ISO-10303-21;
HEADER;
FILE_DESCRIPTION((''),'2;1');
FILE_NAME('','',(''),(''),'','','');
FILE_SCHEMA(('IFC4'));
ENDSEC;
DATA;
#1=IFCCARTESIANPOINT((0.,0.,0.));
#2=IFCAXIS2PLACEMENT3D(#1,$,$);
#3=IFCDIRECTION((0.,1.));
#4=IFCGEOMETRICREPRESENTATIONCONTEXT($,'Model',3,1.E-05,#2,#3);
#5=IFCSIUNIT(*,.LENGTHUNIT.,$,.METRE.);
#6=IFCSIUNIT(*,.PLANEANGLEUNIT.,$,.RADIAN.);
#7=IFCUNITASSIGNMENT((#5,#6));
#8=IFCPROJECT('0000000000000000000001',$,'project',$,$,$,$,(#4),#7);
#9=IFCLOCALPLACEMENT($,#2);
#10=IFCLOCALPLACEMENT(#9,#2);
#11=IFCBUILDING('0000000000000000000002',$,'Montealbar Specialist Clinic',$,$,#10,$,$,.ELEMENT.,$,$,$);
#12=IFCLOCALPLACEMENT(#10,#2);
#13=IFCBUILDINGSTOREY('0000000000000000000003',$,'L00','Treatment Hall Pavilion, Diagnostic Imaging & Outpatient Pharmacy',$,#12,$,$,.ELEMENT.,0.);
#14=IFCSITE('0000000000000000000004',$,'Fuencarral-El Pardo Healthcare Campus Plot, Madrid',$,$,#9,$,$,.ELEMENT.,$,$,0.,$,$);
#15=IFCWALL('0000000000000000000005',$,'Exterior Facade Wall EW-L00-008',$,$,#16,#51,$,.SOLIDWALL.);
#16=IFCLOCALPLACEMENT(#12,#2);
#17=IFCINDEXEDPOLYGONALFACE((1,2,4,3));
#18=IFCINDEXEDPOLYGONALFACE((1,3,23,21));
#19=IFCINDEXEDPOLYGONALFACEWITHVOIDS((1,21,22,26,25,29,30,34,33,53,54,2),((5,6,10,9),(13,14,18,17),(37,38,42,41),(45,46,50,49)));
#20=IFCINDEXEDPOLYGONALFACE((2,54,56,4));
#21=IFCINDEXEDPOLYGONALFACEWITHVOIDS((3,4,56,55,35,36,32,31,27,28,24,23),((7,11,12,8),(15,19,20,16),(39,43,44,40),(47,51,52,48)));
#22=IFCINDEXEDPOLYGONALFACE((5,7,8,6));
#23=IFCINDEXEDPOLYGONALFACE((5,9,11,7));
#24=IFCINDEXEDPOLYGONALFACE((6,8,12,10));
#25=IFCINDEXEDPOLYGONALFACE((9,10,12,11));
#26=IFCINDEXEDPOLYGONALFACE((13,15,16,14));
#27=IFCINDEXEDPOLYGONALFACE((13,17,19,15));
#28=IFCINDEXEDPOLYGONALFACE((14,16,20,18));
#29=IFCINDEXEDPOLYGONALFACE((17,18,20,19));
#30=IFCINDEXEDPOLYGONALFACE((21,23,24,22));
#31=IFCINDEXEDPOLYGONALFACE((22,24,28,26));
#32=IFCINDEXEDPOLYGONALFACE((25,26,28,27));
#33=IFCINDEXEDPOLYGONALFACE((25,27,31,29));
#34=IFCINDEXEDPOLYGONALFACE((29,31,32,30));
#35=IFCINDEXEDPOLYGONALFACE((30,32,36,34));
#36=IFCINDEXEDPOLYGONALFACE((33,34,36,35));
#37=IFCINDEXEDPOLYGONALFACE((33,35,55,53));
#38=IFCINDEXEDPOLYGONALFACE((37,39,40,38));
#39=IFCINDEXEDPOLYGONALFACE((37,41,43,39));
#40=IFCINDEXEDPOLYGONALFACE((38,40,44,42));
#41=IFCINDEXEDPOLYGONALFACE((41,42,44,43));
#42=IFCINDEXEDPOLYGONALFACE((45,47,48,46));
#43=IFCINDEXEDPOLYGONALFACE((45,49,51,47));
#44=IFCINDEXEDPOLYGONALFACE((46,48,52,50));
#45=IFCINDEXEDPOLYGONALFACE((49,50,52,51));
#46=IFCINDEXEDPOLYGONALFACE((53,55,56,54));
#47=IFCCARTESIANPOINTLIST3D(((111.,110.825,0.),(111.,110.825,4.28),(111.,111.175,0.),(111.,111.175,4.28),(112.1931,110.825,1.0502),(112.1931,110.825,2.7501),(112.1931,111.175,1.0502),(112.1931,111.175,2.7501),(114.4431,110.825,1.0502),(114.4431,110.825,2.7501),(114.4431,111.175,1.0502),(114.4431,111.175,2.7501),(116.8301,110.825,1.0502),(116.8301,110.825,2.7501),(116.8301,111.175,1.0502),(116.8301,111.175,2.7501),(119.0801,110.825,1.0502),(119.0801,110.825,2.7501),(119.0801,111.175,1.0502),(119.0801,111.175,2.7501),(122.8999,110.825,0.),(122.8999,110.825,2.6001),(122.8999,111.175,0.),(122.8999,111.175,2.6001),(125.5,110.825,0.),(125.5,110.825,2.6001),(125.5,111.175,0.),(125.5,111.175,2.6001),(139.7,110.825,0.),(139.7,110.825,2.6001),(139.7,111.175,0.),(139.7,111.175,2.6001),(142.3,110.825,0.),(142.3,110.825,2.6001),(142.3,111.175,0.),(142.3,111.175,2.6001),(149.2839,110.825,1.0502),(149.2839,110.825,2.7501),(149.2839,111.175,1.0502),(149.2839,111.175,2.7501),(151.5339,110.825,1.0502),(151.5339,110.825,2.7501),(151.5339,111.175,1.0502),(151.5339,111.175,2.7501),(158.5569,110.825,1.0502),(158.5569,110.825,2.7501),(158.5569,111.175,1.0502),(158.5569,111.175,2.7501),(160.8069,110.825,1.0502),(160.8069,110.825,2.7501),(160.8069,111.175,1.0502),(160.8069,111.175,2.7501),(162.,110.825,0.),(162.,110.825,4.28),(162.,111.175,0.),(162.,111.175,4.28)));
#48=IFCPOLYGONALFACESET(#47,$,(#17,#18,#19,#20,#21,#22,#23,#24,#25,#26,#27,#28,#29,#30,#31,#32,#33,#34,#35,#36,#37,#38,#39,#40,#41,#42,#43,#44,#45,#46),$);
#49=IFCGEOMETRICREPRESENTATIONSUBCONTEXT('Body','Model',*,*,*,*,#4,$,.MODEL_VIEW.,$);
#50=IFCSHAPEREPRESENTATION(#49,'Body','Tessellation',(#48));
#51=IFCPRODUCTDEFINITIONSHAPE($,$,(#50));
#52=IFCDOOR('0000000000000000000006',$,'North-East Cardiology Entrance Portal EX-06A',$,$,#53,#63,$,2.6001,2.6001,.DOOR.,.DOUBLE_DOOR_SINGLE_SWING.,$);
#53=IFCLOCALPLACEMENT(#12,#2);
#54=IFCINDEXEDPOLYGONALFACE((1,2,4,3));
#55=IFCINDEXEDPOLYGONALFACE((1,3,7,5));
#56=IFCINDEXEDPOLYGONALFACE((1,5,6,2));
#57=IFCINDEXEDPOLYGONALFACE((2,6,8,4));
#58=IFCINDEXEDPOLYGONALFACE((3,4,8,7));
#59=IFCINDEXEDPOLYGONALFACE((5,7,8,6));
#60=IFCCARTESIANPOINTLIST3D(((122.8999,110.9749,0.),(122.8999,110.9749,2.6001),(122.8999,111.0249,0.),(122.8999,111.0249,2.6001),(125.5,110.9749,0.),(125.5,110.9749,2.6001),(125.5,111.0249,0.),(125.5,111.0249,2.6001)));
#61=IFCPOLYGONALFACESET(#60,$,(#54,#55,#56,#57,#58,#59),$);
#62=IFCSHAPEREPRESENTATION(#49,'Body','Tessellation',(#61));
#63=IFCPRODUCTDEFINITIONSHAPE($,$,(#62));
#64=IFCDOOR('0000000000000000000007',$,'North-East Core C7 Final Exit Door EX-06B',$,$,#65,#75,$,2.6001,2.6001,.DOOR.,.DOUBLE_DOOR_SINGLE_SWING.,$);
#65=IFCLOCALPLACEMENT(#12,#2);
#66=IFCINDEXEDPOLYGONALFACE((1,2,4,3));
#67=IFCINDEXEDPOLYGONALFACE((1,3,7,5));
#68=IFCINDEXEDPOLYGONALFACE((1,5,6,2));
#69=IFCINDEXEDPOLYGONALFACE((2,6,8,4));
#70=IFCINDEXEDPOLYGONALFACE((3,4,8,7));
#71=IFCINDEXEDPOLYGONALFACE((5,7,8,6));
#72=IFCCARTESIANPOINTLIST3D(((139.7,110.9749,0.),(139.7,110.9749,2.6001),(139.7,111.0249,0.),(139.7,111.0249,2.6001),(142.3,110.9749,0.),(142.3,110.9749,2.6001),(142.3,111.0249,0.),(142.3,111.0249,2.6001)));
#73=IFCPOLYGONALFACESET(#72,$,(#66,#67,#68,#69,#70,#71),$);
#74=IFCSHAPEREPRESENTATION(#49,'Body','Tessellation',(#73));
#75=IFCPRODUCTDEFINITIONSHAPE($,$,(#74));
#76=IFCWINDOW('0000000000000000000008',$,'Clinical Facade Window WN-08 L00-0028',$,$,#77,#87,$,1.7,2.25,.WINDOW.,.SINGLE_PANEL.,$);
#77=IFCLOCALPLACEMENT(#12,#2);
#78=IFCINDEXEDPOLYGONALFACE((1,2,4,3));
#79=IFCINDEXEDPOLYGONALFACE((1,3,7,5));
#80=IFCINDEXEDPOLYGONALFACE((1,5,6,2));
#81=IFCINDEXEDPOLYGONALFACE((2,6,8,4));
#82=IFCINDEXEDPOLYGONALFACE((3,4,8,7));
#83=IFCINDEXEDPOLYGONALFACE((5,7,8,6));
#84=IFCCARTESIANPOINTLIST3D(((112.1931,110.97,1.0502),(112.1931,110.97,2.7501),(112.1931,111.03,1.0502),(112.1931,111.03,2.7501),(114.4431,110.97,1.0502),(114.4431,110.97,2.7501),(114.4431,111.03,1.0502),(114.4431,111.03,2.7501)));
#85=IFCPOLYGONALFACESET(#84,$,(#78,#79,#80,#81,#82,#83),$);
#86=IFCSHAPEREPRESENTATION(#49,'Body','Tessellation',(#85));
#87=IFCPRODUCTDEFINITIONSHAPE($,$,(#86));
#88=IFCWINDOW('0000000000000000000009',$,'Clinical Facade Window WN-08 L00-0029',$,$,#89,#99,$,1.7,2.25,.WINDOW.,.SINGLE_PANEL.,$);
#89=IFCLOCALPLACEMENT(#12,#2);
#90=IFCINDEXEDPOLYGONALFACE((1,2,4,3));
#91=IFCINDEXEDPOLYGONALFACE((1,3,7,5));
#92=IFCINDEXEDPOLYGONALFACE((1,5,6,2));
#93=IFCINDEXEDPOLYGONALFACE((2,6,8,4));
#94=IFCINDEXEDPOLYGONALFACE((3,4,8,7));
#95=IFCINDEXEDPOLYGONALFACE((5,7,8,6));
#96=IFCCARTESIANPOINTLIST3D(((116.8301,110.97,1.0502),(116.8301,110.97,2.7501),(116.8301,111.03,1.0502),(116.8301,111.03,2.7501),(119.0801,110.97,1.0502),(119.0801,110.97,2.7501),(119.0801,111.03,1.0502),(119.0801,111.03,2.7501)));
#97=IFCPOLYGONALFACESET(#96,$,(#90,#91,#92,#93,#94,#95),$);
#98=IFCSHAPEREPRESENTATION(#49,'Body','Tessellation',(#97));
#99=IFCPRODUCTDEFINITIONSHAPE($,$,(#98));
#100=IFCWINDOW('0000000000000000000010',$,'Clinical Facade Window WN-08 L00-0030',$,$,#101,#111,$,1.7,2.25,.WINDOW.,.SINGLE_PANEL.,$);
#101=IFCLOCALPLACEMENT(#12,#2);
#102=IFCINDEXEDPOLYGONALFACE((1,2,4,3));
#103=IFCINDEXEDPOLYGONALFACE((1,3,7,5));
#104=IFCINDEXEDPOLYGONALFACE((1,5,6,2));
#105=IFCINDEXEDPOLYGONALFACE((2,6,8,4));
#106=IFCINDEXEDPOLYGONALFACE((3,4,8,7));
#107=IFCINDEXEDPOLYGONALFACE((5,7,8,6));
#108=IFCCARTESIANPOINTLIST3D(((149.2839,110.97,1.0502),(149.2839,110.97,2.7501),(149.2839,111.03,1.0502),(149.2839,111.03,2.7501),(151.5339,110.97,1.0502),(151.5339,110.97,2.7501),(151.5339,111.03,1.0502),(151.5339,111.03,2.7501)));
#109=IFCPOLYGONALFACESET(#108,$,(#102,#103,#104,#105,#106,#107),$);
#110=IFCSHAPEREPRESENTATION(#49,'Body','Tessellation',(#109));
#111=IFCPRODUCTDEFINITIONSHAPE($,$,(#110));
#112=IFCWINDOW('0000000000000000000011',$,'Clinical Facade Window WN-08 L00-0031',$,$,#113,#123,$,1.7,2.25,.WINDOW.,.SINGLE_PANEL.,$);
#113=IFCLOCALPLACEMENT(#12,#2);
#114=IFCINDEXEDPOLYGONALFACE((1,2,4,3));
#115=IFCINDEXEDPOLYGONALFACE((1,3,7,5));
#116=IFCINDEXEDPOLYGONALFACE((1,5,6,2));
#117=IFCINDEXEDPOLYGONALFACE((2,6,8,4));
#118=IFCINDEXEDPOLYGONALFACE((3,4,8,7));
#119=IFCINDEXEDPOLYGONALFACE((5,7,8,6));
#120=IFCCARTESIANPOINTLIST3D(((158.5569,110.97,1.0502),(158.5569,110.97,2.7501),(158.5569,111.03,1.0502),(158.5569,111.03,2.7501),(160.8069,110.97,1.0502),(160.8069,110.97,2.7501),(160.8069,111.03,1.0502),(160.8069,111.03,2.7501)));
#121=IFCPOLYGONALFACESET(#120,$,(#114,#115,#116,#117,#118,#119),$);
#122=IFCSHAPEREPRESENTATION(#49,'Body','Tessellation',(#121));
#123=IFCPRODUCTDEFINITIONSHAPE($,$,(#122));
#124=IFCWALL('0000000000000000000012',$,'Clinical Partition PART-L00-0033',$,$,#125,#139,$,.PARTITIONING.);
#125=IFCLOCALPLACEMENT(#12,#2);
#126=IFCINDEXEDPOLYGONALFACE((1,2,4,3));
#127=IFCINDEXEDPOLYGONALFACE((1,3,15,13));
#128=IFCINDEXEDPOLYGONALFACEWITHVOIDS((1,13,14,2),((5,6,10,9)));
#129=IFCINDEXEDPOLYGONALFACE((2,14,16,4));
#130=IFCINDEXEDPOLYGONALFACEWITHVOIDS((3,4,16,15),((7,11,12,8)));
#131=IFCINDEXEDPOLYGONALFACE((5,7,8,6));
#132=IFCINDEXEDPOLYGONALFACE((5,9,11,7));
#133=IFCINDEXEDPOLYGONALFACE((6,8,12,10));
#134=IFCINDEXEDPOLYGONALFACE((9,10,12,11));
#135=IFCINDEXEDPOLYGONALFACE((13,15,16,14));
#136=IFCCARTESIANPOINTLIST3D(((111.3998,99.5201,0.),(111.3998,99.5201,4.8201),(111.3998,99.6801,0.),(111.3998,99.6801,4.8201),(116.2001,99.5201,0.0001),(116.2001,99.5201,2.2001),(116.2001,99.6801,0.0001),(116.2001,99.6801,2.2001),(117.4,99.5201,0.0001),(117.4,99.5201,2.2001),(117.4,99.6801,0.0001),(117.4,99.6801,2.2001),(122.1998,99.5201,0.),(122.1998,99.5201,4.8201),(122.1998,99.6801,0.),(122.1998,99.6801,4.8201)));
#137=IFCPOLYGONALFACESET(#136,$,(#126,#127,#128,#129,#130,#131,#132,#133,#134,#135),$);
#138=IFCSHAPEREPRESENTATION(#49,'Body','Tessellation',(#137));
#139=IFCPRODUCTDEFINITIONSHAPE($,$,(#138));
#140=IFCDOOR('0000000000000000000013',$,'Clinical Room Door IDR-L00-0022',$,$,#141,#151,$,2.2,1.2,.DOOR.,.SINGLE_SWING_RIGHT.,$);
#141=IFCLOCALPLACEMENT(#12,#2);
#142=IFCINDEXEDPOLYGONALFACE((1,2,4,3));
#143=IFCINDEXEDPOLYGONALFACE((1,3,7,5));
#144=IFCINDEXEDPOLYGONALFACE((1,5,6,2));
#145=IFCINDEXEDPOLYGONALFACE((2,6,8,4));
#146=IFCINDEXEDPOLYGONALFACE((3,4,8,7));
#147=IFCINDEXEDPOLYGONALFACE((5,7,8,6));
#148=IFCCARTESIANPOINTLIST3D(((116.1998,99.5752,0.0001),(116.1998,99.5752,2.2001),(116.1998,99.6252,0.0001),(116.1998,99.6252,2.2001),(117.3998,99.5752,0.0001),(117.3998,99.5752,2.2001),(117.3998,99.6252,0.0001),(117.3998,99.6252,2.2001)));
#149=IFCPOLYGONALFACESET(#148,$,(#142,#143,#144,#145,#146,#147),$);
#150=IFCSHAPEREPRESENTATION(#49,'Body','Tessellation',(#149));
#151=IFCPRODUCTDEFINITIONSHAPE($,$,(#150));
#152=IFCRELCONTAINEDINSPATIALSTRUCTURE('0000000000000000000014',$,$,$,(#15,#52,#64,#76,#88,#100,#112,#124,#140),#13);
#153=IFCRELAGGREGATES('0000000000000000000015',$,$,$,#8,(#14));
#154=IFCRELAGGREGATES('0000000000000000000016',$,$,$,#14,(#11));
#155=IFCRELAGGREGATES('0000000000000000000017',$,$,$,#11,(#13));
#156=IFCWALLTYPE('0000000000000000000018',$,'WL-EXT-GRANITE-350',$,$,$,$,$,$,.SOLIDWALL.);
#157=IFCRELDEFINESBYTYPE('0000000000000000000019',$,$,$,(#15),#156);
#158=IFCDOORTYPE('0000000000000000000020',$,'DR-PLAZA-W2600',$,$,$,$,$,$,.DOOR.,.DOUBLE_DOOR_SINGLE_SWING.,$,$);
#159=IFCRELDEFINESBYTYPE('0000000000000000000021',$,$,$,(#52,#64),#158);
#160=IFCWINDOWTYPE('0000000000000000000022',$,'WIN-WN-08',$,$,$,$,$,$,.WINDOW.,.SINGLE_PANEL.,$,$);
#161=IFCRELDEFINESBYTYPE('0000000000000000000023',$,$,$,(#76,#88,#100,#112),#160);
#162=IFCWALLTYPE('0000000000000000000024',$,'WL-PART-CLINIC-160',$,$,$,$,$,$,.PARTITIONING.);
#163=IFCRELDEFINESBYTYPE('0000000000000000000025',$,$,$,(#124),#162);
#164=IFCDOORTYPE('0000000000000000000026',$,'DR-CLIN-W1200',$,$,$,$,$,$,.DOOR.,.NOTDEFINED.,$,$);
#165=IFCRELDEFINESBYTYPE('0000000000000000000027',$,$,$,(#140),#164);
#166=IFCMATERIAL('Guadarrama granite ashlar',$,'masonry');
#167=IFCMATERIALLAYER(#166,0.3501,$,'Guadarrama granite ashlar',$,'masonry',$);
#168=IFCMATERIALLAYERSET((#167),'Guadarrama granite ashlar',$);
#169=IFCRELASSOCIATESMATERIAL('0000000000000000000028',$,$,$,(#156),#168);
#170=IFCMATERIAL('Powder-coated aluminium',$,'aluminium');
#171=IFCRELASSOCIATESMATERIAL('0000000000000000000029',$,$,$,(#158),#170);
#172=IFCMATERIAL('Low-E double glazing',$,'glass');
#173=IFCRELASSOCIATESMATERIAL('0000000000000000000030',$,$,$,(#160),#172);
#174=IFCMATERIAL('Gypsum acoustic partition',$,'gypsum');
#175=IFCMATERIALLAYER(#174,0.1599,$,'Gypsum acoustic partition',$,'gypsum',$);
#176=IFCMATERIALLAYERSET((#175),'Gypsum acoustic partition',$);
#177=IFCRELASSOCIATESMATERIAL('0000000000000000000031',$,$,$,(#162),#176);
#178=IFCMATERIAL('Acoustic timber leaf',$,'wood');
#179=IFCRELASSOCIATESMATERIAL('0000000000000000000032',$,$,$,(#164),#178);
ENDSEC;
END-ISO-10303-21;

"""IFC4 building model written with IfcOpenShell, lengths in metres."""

from ifc_helpers import new_model, si_unit, direction, frame, frame_2d, origin, place, context, subcontext, project, spatial, rectangle, extrude, material, layer, layer_set, type_object, element, fill, save


model = new_model("IFC4")

# Units and contexts
model_context = context("Model", 3, precision=1e-05, world=origin(), true_north=direction((0.0, 1.0)))
body_context = subcontext(model_context, "Body", "Model", "MODEL_VIEW")
ifc_project = project(units=[si_unit("LENGTHUNIT", "METRE"), si_unit("PLANEANGLEUNIT", "RADIAN")], contexts=[model_context])

# Site, building, storey
site_placement = place(None, origin())
site = spatial("IfcSite", under=ifc_project, at=site_placement, Name="Fuencarral-El Pardo Healthcare Campus Plot, Madrid", CompositionType="ELEMENT", RefElevation=0.0)
building_placement = place(site_placement, origin())
building = spatial("IfcBuilding", under=site, at=building_placement, Name="Montealbar Specialist Clinic", CompositionType="ELEMENT")
storey_placement = place(building_placement, origin())
storey = spatial("IfcBuildingStorey", under=building, at=storey_placement, Name="L00", Description="Treatment Hall Pavilion, Diagnostic Imaging & Outpatient Pharmacy", CompositionType="ELEMENT", Elevation=0.0)

# Shared definitions
ifc_material_1 = material(Name="Guadarrama granite ashlar", Category="masonry")

# Wall, openings, doors, windows
ifc_layer_1 = layer(ifc_material_1, 0.3501, Name="Guadarrama granite ashlar", Category="masonry")
ifc_layer_set_1 = layer_set([ifc_layer_1], Name="Guadarrama granite ashlar")
wall_type_1 = type_object("IfcWallType", Name="WL-EXT-GRANITE-350", PredefinedType="SOLIDWALL", material=ifc_layer_set_1)
wall_1_placement = place(storey_placement, frame((111.0, 111.0, 0.0), z_axis=(0.0, 0.0, 1.0), x_axis=(1.0, 0.0, 0.0)))
wall_1 = element("IfcWall", 1, at=wall_1_placement, inside=storey, type_object=wall_type_1, Name="Exterior Facade Wall EW-L00-008", PredefinedType="SOLIDWALL", context=body_context, shape_type="SweptSolid", body=[
    extrude(rectangle(XDim=51.0, YDim=0.3501, at=frame_2d((25.5, 0.0))), origin(), (0.0, 0.0, 1.0), 4.28),
])
opening_1_placement = place(wall_1_placement, frame((11.8999, 0.0, 0.0)))
opening_1 = element("IfcOpeningElement", 2, at=opening_1_placement, cuts=wall_1, PredefinedType="OPENING", context=body_context, shape_type="SweptSolid", body=[
    extrude(rectangle(XDim=2.6001, YDim=2.6001, at=frame_2d((1.3, 1.3))), frame((0.0, 0.1851, 0.0), z_axis=(0.0, -1.0, 0.0), x_axis=(1.0, 0.0, 0.0)), (0.0, 0.0, 1.0), 0.3701),
])
opening_2_placement = place(wall_1_placement, frame((28.7, 0.0, 0.0)))
opening_2 = element("IfcOpeningElement", 3, at=opening_2_placement, cuts=wall_1, PredefinedType="OPENING", context=body_context, shape_type="SweptSolid", body=[
    extrude(rectangle(XDim=2.6001, YDim=2.6001, at=frame_2d((1.3, 1.3))), frame((0.0, 0.1851, 0.0), z_axis=(0.0, -1.0, 0.0), x_axis=(1.0, 0.0, 0.0)), (0.0, 0.0, 1.0), 0.3701),
])
opening_3_placement = place(wall_1_placement, frame((1.1931, 0.0, 1.05)))
opening_3 = element("IfcOpeningElement", 4, at=opening_3_placement, cuts=wall_1, PredefinedType="OPENING", context=body_context, shape_type="SweptSolid", body=[
    extrude(rectangle(XDim=2.25, YDim=1.7, at=frame_2d((1.125, 0.8501))), frame((0.0, 0.1851, 0.0), z_axis=(0.0, -1.0, 0.0), x_axis=(1.0, 0.0, 0.0)), (0.0, 0.0, 1.0), 0.3701),
])
opening_4_placement = place(wall_1_placement, frame((5.8301, 0.0, 1.05)))
opening_4 = element("IfcOpeningElement", 5, at=opening_4_placement, cuts=wall_1, PredefinedType="OPENING", context=body_context, shape_type="SweptSolid", body=[
    extrude(rectangle(XDim=2.25, YDim=1.7, at=frame_2d((1.125, 0.8501))), frame((0.0, 0.1851, 0.0), z_axis=(0.0, -1.0, 0.0), x_axis=(1.0, 0.0, 0.0)), (0.0, 0.0, 1.0), 0.3701),
])
opening_5_placement = place(wall_1_placement, frame((38.2839, 0.0, 1.05)))
opening_5 = element("IfcOpeningElement", 6, at=opening_5_placement, cuts=wall_1, PredefinedType="OPENING", context=body_context, shape_type="SweptSolid", body=[
    extrude(rectangle(XDim=2.25, YDim=1.7, at=frame_2d((1.125, 0.8501))), frame((0.0, 0.1851, 0.0), z_axis=(0.0, -1.0, 0.0), x_axis=(1.0, 0.0, 0.0)), (0.0, 0.0, 1.0), 0.3701),
])
opening_6_placement = place(wall_1_placement, frame((47.5569, 0.0, 1.05)))
opening_6 = element("IfcOpeningElement", 7, at=opening_6_placement, cuts=wall_1, PredefinedType="OPENING", context=body_context, shape_type="SweptSolid", body=[
    extrude(rectangle(XDim=2.25, YDim=1.7, at=frame_2d((1.125, 0.8501))), frame((0.0, 0.1851, 0.0), z_axis=(0.0, -1.0, 0.0), x_axis=(1.0, 0.0, 0.0)), (0.0, 0.0, 1.0), 0.3701),
])
ifc_material_2 = material(Name="Powder-coated aluminium", Category="aluminium")
door_type_1 = type_object("IfcDoorType", Name="DR-PLAZA-W2600", OperationType="DOUBLE_DOOR_SINGLE_SWING", PredefinedType="DOOR", material=ifc_material_2)
door_1_placement = place(opening_1_placement, origin())
door_1 = element("IfcDoor", 8, at=door_1_placement, inside=storey, type_object=door_type_1, Name="North-East Cardiology Entrance Portal EX-06A", OperationType="DOUBLE_DOOR_SINGLE_SWING", OverallHeight=2.6001, OverallWidth=2.6001, PredefinedType="DOOR", context=body_context, shape_type="SweptSolid", body=[
    extrude(rectangle(XDim=2.6001, YDim=2.6001, at=frame_2d((1.3, 1.3))), frame((0.0, 0.0249, 0.0), z_axis=(0.0, -1.0, 0.0), x_axis=(1.0, 0.0, 0.0)), (0.0, 0.0, 1.0), 0.05),
])
fill(opening_1, door_1)
door_2_placement = place(opening_2_placement, origin())
door_2 = element("IfcDoor", 9, at=door_2_placement, inside=storey, type_object=door_type_1, Name="North-East Core C7 Final Exit Door EX-06B", OperationType="DOUBLE_DOOR_SINGLE_SWING", OverallHeight=2.6001, OverallWidth=2.6001, PredefinedType="DOOR", context=body_context, shape_type="SweptSolid", body=[
    extrude(rectangle(XDim=2.6001, YDim=2.6001, at=frame_2d((1.3, 1.3))), frame((0.0, 0.0249, 0.0), z_axis=(0.0, -1.0, 0.0), x_axis=(1.0, 0.0, 0.0)), (0.0, 0.0, 1.0), 0.05),
])
fill(opening_2, door_2)
ifc_material_3 = material(Name="Low-E double glazing", Category="glass")
window_type = type_object("IfcWindowType", Name="WIN-WN-08", PartitioningType="SINGLE_PANEL", PredefinedType="WINDOW", material=ifc_material_3)
window_1_placement = place(opening_3_placement, origin())
window_1 = element("IfcWindow", 10, at=window_1_placement, inside=storey, type_object=window_type, Name="Clinical Facade Window WN-08 L00-0028", OverallHeight=1.7, OverallWidth=2.25, PartitioningType="SINGLE_PANEL", PredefinedType="WINDOW", context=body_context, shape_type="SweptSolid", body=[
    extrude(rectangle(XDim=2.25, YDim=1.7, at=frame_2d((1.125, 0.8501))), frame((0.0, 0.03, 0.0), z_axis=(0.0, -1.0, 0.0), x_axis=(1.0, 0.0, 0.0)), (0.0, 0.0, 1.0), 0.0601),
])
fill(opening_3, window_1)
window_2_placement = place(opening_4_placement, origin())
window_2 = element("IfcWindow", 11, at=window_2_placement, inside=storey, type_object=window_type, Name="Clinical Facade Window WN-08 L00-0029", OverallHeight=1.7, OverallWidth=2.25, PartitioningType="SINGLE_PANEL", PredefinedType="WINDOW", context=body_context, shape_type="SweptSolid", body=[
    extrude(rectangle(XDim=2.25, YDim=1.7, at=frame_2d((1.125, 0.8501))), frame((0.0, 0.03, 0.0), z_axis=(0.0, -1.0, 0.0), x_axis=(1.0, 0.0, 0.0)), (0.0, 0.0, 1.0), 0.0601),
])
fill(opening_4, window_2)
window_3_placement = place(opening_5_placement, origin())
window_3 = element("IfcWindow", 12, at=window_3_placement, inside=storey, type_object=window_type, Name="Clinical Facade Window WN-08 L00-0030", OverallHeight=1.7, OverallWidth=2.25, PartitioningType="SINGLE_PANEL", PredefinedType="WINDOW", context=body_context, shape_type="SweptSolid", body=[
    extrude(rectangle(XDim=2.25, YDim=1.7, at=frame_2d((1.125, 0.8501))), frame((0.0, 0.03, 0.0), z_axis=(0.0, -1.0, 0.0), x_axis=(1.0, 0.0, 0.0)), (0.0, 0.0, 1.0), 0.0601),
])
fill(opening_5, window_3)
window_4_placement = place(opening_6_placement, origin())
window_4 = element("IfcWindow", 13, at=window_4_placement, inside=storey, type_object=window_type, Name="Clinical Facade Window WN-08 L00-0031", OverallHeight=1.7, OverallWidth=2.25, PartitioningType="SINGLE_PANEL", PredefinedType="WINDOW", context=body_context, shape_type="SweptSolid", body=[
    extrude(rectangle(XDim=2.25, YDim=1.7, at=frame_2d((1.125, 0.8501))), frame((0.0, 0.03, 0.0), z_axis=(0.0, -1.0, 0.0), x_axis=(1.0, 0.0, 0.0)), (0.0, 0.0, 1.0), 0.0601),
])
fill(opening_6, window_4)

# Wall, opening, door
ifc_material_4 = material(Name="Gypsum acoustic partition", Category="gypsum")
ifc_layer_2 = layer(ifc_material_4, 0.1599, Name="Gypsum acoustic partition", Category="gypsum")
ifc_layer_set_2 = layer_set([ifc_layer_2], Name="Gypsum acoustic partition")
wall_type_2 = type_object("IfcWallType", Name="WL-PART-CLINIC-160", PredefinedType="PARTITIONING", material=ifc_layer_set_2)
wall_2_placement = place(storey_placement, frame((111.3999, 99.6001, 0.0), z_axis=(0.0, 0.0, 1.0), x_axis=(1.0, 0.0, 0.0)))
wall_2 = element("IfcWall", 14, at=wall_2_placement, inside=storey, type_object=wall_type_2, Name="Clinical Partition PART-L00-0033", PredefinedType="PARTITIONING", context=body_context, shape_type="SweptSolid", body=[
    extrude(rectangle(XDim=10.8, YDim=0.1599, at=frame_2d((5.3999, 0.0))), origin(), (0.0, 0.0, 1.0), 4.8201),
])
opening_7_placement = place(wall_2_placement, frame((4.8, 0.0, 0.0)))
opening_7 = element("IfcOpeningElement", 15, at=opening_7_placement, cuts=wall_2, PredefinedType="OPENING", context=body_context, shape_type="SweptSolid", body=[
    extrude(rectangle(XDim=1.2, YDim=2.2, at=frame_2d((0.6001, 1.1001))), frame((0.0, 0.0898, 0.0), z_axis=(0.0, -1.0, 0.0), x_axis=(1.0, 0.0, 0.0)), (0.0, 0.0, 1.0), 0.1799),
])
ifc_material_5 = material(Name="Acoustic timber leaf", Category="wood")
door_type_2 = type_object("IfcDoorType", Name="DR-CLIN-W1200", OperationType="NOTDEFINED", PredefinedType="DOOR", material=ifc_material_5)
door_3_placement = place(opening_7_placement, frame((1.2, 0.0, 0.0), z_axis=(0.0, 0.0, 1.0), x_axis=(-1.0, 0.0, 0.0)))
door_3 = element("IfcDoor", 16, at=door_3_placement, inside=storey, type_object=door_type_2, Name="Clinical Room Door IDR-L00-0022", OperationType="SINGLE_SWING_RIGHT", OverallHeight=2.2, OverallWidth=1.2, PredefinedType="DOOR", context=body_context, shape_type="SweptSolid", body=[
    extrude(rectangle(XDim=1.2, YDim=2.2, at=frame_2d((0.6001, 1.1001))), frame((0.0, 0.0249, 0.0), z_axis=(0.0, -1.0, 0.0), x_axis=(1.0, 0.0, 0.0)), (0.0, 0.0, 1.0), 0.05),
])
fill(opening_7, door_3)

save(model, "model.ifc")
